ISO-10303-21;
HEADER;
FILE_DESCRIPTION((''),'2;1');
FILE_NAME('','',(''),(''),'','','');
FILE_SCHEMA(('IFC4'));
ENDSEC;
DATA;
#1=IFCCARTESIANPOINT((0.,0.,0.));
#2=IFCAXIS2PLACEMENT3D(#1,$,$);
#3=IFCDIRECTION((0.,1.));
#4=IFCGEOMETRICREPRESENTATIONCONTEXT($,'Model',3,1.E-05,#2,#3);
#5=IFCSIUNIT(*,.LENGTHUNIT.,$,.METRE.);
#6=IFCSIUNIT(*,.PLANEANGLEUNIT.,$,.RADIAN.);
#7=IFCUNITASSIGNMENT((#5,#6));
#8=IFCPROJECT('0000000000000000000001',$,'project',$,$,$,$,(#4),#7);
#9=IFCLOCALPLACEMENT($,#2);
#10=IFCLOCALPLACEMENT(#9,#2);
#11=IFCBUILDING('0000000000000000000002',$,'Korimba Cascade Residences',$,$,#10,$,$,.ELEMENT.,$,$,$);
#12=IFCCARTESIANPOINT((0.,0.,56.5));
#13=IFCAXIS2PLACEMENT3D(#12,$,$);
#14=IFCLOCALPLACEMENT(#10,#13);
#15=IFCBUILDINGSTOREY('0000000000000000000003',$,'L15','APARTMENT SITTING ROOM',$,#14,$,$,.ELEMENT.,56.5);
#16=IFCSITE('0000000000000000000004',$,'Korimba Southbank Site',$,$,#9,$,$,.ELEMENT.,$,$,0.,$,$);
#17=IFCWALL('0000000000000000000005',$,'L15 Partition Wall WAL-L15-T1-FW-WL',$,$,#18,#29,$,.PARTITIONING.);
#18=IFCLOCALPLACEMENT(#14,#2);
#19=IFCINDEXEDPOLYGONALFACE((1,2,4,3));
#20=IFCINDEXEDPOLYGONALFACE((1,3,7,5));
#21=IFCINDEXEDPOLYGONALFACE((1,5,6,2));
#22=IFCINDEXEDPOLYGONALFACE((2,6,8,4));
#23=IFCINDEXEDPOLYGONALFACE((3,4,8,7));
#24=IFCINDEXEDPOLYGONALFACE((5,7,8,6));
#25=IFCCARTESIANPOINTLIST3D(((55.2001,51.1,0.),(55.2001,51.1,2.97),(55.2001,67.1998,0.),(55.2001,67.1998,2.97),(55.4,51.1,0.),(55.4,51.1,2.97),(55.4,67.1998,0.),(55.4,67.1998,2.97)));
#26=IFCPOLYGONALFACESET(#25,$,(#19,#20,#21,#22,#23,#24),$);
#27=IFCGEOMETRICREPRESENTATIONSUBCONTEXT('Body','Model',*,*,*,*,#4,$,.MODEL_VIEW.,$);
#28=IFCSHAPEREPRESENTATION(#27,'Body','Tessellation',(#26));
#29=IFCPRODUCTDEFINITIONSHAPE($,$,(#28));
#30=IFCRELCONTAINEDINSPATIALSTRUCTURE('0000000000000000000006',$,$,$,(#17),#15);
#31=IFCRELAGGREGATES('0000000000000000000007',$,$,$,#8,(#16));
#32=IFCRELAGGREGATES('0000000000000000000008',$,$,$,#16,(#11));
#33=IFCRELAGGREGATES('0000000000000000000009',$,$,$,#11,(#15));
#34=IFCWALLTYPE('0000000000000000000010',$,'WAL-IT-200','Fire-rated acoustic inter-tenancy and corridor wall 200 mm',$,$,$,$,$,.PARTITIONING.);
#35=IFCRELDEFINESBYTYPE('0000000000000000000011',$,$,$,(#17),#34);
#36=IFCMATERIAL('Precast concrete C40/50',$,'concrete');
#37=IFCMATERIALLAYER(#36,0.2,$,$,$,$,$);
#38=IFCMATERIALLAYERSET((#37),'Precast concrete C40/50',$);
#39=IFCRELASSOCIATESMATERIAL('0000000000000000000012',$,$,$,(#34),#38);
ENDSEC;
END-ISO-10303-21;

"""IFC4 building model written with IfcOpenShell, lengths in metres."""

from ifc_helpers import new_model, si_unit, direction, frame, frame_2d, origin, place, context, subcontext, project, spatial, rectangle, extrude, material, layer, layer_set, type_object, element, save


model = new_model("IFC4")

# Units and contexts
model_context = context("Model", 3, precision=1e-05, world=origin(), true_north=direction((0.0, 1.0)))
body_context = subcontext(model_context, "Body", "Model", "MODEL_VIEW")
ifc_project = project(units=[si_unit("LENGTHUNIT", "METRE"), si_unit("PLANEANGLEUNIT", "RADIAN")], contexts=[model_context])

# Site, building, storey
site_placement = place(None, origin())
site = spatial("IfcSite", under=ifc_project, at=site_placement, Name="Korimba Southbank Site", CompositionType="ELEMENT", RefElevation=0.0)
building_placement = place(site_placement, origin())
building = spatial("IfcBuilding", under=site, at=building_placement, Name="Korimba Cascade Residences", CompositionType="ELEMENT")
storey_placement = place(building_placement, frame((0.0, 0.0, 56.5)))
storey = spatial("IfcBuildingStorey", under=building, at=storey_placement, Name="L15", Description="APARTMENT SITTING ROOM", CompositionType="ELEMENT", Elevation=56.5)

# Shared definitions
ifc_material_1 = material(Name="Precast concrete C40/50", Category="concrete")

# Wall
ifc_layer_1 = layer(ifc_material_1, 0.2)
ifc_layer_set_1 = layer_set([ifc_layer_1], Name="Precast concrete C40/50")
wall_type_1 = type_object("IfcWallType", Name="WAL-IT-200", Description="Fire-rated acoustic inter-tenancy and corridor wall 200 mm", PredefinedType="PARTITIONING", material=ifc_layer_set_1)
wall_1_placement = place(storey_placement, frame((55.3, 51.1001, 0.0), z_axis=(0.0, 0.0, 1.0), x_axis=(0.0, 1.0, 0.0)))
element("IfcWall", 1, at=wall_1_placement, inside=storey, type_object=wall_type_1, Name="L15 Partition Wall WAL-L15-T1-FW-WL", PredefinedType="PARTITIONING", context=body_context, shape_type="SweptSolid", body=[
    extrude(rectangle(XDim=16.0999, YDim=0.2, at=frame_2d((8.0498, 0.0))), origin(), (0.0, 0.0, 1.0), 2.97),
])

save(model, "model.ifc")
